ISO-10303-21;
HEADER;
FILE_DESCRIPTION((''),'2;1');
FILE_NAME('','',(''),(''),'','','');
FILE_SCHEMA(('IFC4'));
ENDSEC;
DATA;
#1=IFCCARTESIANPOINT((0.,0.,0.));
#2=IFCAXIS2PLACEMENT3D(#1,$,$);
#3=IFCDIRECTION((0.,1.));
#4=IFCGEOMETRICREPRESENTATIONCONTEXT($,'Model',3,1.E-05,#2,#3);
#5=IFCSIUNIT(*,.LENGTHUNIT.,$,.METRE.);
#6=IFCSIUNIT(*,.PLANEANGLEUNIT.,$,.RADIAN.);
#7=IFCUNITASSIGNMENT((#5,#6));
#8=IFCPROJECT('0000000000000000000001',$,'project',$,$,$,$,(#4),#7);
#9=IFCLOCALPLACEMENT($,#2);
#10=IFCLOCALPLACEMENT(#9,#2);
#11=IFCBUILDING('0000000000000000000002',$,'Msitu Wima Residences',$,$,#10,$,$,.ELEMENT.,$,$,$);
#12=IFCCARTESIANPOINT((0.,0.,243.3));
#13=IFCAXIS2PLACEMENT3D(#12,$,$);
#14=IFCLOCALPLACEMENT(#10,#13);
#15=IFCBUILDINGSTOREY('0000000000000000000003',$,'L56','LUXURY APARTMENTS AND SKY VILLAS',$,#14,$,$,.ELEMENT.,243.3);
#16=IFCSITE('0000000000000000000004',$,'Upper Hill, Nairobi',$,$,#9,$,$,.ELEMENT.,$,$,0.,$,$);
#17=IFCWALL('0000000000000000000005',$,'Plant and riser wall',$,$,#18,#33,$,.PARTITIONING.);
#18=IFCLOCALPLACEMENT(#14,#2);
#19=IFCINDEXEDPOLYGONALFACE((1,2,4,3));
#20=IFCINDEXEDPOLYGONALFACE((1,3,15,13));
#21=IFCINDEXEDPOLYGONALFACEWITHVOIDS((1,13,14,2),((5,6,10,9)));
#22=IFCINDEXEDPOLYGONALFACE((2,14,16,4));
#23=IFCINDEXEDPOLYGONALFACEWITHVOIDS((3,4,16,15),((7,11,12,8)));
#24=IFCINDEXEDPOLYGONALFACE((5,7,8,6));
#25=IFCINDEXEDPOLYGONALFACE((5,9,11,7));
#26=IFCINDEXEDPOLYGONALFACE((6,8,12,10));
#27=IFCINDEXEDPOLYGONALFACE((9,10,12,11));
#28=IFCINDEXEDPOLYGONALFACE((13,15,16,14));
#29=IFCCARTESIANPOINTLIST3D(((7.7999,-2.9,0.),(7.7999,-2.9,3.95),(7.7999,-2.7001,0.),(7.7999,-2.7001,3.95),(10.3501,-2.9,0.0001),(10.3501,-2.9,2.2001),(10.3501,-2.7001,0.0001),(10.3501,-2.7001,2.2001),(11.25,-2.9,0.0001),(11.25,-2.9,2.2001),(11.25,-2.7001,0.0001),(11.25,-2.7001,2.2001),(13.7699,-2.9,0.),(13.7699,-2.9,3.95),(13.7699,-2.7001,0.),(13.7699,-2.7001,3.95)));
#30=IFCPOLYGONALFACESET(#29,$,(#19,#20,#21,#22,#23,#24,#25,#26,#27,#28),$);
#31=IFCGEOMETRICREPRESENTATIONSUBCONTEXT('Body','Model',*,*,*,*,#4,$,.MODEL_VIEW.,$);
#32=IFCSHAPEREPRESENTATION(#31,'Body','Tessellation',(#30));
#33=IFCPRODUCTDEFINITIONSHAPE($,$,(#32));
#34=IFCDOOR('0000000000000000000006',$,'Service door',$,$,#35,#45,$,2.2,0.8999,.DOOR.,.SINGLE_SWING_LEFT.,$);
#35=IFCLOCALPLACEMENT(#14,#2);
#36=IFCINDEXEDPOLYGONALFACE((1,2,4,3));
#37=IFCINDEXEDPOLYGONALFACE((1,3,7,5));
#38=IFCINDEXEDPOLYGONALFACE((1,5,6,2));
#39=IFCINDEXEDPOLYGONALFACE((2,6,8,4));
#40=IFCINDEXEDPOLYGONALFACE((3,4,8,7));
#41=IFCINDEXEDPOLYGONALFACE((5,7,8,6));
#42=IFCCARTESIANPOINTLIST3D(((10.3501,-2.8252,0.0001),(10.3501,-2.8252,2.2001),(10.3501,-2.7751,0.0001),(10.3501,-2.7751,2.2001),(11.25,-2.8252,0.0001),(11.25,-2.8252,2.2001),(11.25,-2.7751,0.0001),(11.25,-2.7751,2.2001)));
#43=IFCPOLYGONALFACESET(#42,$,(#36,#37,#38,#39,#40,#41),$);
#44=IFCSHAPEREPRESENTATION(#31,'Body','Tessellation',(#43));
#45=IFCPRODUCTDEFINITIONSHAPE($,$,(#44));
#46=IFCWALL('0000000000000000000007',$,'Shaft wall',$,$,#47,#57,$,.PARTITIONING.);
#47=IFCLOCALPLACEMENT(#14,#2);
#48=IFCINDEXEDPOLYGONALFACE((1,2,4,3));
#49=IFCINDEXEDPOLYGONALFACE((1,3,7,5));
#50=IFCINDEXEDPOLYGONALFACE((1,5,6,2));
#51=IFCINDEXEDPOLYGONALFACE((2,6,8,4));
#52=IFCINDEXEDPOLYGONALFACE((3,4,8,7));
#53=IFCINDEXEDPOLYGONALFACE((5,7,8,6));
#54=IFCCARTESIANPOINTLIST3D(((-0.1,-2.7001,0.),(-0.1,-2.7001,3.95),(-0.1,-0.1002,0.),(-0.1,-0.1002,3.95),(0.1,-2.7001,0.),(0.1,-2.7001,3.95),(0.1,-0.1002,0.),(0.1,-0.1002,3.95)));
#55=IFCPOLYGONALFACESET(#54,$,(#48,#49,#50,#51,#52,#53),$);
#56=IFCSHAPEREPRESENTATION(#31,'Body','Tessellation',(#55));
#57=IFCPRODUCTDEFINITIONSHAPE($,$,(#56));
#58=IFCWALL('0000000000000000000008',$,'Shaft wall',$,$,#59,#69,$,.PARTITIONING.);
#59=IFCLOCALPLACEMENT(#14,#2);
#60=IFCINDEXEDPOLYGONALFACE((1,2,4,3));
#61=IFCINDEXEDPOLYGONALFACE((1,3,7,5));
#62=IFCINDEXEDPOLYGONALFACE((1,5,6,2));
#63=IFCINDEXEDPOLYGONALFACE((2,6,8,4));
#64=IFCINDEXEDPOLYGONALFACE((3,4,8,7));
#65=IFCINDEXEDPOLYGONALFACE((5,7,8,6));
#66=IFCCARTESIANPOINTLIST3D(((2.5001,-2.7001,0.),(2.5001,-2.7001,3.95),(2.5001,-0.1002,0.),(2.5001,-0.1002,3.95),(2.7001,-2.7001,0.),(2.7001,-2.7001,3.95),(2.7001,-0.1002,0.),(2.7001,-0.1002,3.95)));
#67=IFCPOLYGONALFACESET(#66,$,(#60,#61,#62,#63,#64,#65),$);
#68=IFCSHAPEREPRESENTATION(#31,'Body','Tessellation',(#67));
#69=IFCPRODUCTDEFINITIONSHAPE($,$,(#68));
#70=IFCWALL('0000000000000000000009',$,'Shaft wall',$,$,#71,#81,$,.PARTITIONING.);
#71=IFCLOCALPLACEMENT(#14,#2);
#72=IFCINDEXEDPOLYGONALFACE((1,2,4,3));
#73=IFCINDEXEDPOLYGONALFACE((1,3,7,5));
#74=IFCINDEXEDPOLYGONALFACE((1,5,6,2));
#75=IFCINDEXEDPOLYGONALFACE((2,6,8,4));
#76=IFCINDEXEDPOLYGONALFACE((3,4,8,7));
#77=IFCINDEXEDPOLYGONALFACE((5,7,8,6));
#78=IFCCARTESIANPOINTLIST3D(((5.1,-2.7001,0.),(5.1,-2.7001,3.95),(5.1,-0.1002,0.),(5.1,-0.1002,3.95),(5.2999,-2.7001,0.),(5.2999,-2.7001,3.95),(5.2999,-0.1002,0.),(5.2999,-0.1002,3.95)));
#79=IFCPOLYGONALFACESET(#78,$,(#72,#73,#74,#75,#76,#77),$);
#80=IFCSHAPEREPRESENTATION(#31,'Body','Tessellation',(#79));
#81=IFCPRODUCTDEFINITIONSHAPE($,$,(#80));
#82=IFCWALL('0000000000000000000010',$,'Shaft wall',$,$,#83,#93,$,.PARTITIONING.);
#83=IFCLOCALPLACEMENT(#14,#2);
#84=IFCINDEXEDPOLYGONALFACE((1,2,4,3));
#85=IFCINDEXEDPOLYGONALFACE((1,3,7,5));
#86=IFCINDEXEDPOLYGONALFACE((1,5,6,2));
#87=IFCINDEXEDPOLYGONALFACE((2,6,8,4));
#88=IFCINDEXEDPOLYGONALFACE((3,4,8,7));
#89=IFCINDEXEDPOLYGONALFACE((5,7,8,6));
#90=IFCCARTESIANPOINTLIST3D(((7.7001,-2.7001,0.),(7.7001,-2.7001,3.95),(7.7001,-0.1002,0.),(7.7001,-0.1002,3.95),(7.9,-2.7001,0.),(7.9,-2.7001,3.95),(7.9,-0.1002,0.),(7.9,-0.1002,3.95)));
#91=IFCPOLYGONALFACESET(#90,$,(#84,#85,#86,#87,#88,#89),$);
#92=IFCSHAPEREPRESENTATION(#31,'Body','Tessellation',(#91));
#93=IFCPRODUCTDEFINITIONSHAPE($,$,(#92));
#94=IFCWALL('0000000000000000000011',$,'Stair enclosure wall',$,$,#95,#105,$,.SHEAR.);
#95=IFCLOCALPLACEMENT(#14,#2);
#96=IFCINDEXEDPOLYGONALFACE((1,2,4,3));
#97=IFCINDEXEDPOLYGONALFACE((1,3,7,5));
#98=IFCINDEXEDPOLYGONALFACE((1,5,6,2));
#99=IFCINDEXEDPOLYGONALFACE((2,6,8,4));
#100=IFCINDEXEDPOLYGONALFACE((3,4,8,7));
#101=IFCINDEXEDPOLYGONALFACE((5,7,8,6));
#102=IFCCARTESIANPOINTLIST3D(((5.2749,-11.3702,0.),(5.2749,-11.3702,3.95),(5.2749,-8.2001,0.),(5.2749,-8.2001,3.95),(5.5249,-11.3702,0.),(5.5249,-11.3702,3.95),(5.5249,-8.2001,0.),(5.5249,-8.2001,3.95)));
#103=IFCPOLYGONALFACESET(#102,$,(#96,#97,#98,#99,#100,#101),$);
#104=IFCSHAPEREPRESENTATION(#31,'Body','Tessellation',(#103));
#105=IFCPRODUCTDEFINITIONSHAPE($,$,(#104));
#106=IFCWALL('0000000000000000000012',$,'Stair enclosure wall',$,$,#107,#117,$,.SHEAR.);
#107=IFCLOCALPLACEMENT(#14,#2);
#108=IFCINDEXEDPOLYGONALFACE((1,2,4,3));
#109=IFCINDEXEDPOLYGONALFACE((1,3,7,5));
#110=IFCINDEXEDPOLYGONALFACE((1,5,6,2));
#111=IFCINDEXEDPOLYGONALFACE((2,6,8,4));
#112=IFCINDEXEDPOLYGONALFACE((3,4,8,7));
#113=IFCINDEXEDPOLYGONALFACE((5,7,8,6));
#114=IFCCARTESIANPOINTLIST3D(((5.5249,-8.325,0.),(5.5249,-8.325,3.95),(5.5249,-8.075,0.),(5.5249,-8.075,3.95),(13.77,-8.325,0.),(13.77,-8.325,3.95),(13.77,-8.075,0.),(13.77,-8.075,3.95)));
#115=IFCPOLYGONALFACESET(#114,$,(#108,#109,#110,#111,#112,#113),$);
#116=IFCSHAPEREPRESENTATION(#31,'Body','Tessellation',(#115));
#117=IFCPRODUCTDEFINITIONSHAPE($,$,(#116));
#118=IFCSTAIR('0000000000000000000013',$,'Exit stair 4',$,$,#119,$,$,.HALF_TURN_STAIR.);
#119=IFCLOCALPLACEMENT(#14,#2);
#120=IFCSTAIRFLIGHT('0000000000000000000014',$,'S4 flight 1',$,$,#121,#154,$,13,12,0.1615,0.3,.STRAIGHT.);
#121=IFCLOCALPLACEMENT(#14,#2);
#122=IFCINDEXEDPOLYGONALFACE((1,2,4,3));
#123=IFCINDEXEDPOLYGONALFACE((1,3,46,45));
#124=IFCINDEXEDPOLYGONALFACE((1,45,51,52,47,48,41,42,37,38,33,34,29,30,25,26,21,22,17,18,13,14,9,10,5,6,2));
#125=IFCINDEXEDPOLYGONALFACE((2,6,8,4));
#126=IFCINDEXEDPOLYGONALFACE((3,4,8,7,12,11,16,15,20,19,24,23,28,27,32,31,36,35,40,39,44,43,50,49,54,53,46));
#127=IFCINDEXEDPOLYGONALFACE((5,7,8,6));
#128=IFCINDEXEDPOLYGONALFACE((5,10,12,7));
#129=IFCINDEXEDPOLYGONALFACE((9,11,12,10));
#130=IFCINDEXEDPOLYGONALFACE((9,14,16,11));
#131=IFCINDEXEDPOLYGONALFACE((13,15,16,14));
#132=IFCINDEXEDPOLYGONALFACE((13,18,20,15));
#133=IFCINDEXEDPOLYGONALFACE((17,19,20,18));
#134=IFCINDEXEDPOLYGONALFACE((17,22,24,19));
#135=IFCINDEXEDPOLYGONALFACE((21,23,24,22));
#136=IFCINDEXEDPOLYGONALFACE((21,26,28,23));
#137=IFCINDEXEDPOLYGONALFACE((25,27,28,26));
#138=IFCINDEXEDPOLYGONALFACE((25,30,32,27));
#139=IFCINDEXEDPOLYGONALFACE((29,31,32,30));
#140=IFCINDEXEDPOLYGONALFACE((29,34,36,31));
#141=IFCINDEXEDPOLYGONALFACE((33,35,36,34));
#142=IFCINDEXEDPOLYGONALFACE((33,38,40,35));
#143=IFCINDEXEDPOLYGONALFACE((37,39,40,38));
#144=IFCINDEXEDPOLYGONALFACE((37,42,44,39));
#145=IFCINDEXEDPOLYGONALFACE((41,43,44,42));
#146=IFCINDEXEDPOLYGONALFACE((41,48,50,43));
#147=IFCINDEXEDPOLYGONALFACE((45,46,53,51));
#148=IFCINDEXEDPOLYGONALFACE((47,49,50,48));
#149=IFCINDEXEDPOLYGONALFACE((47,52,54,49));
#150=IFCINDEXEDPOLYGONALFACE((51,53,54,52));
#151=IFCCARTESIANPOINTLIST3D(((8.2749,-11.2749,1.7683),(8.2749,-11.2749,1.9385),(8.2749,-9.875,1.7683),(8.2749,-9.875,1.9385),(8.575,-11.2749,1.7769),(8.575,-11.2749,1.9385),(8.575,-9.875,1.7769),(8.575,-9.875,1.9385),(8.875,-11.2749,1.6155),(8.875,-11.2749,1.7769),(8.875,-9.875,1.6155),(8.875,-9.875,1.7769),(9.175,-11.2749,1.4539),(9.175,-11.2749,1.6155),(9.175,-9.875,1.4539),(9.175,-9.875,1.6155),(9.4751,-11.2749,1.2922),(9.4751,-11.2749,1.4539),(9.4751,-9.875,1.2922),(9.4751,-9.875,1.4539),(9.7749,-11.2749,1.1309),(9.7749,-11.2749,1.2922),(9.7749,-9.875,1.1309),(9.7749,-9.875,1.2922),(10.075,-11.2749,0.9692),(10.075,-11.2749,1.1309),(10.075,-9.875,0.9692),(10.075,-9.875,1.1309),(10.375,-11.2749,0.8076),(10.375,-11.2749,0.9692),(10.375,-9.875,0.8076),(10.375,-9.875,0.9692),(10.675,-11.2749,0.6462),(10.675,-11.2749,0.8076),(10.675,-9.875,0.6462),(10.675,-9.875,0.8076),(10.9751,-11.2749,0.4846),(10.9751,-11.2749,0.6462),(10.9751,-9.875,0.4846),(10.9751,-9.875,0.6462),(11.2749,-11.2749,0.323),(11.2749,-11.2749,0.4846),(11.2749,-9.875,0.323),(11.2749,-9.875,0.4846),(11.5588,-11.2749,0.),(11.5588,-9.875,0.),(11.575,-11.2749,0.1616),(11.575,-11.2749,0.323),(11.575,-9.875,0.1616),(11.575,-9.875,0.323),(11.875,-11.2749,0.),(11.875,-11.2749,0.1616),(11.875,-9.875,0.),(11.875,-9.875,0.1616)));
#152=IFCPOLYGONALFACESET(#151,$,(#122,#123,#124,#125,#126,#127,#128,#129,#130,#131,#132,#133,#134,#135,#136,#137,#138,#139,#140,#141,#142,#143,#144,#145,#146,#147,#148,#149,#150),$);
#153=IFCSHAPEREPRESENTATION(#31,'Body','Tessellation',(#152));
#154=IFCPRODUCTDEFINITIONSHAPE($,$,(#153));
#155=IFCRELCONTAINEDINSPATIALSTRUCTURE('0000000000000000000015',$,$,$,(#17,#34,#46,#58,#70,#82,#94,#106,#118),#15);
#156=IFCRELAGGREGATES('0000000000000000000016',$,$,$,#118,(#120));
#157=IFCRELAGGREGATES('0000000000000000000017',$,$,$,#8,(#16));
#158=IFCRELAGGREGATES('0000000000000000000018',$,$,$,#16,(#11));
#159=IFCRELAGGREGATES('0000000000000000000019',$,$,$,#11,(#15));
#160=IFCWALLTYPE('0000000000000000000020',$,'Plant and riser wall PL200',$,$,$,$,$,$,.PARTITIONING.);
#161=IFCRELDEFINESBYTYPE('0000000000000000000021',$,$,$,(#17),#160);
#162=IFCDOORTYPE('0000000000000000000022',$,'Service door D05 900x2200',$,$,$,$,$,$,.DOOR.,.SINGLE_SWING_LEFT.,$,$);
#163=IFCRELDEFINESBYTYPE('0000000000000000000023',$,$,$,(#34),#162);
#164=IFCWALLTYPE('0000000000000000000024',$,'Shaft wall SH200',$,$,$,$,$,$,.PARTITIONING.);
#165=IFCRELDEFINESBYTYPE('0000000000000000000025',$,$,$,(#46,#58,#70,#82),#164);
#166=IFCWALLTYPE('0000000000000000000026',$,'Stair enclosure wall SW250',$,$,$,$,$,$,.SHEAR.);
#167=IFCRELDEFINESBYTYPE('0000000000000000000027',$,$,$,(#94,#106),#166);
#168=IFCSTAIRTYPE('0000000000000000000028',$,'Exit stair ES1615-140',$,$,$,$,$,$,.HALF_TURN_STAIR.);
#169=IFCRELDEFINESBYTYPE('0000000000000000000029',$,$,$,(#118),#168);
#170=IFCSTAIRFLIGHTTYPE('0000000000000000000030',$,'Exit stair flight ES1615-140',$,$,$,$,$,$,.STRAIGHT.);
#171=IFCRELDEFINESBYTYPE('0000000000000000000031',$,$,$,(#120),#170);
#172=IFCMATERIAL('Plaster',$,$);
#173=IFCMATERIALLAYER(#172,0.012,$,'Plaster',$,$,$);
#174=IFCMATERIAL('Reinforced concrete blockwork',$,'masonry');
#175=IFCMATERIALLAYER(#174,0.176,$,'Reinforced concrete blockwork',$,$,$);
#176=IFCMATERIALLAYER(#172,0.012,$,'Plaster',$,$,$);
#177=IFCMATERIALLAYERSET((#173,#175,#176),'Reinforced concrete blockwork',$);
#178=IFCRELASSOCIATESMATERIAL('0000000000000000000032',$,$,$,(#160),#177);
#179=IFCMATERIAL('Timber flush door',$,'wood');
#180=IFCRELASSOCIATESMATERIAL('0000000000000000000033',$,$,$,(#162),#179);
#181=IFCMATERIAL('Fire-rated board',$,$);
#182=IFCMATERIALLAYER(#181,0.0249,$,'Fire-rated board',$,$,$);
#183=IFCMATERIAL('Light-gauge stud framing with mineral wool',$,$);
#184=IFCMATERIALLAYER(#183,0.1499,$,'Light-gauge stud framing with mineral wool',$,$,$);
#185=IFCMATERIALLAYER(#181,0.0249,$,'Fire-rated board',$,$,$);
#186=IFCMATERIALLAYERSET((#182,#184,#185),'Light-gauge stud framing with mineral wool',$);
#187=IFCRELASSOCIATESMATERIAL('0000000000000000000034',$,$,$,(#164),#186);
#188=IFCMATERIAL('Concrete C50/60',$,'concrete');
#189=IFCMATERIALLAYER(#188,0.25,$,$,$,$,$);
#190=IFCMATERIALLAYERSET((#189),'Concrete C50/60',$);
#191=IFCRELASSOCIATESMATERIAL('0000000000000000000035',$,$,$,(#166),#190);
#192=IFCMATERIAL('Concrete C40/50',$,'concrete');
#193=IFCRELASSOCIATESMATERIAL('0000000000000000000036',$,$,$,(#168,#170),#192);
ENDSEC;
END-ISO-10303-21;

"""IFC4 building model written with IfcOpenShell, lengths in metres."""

from ifc_helpers import new_model, si_unit, direction, frame, frame_2d, origin, place, context, subcontext, project, spatial, polyline, rectangle, outline, extrude, material, layer, layer_set, type_object, element, fill, aggregate, save


model = new_model("IFC4")

# Units and contexts
model_context = context("Model", 3, precision=1e-05, world=origin(), true_north=direction((0.0, 1.0)))
body_context = subcontext(model_context, "Body", "Model", "MODEL_VIEW")
ifc_project = project(units=[si_unit("LENGTHUNIT", "METRE"), si_unit("PLANEANGLEUNIT", "RADIAN")], contexts=[model_context])

# Site, building, storey
site_placement = place(None, origin())
site = spatial("IfcSite", under=ifc_project, at=site_placement, Name="Upper Hill, Nairobi", CompositionType="ELEMENT", RefElevation=0.0)
building_placement = place(site_placement, origin())
building = spatial("IfcBuilding", under=site, at=building_placement, Name="Msitu Wima Residences", CompositionType="ELEMENT")
storey_placement = place(building_placement, frame((0.0, 0.0, 243.3)))
storey = spatial("IfcBuildingStorey", under=building, at=storey_placement, Name="L56", Description="LUXURY APARTMENTS AND SKY VILLAS", CompositionType="ELEMENT", Elevation=243.3)

# Shared definitions
ifc_material_1 = material(Name="Concrete C40/50", Category="concrete")

# Shared definitions
ifc_material_2 = material(Name="Plaster")

# Shared definitions
ifc_layer_1 = layer(ifc_material_2, 0.012, Name="Plaster")
ifc_material_3 = material(Name="Reinforced concrete blockwork", Category="masonry")
ifc_layer_2 = layer(ifc_material_3, 0.176, Name="Reinforced concrete blockwork")
ifc_layer_3 = layer(ifc_material_2, 0.012, Name="Plaster")
ifc_layer_set_1 = layer_set([ifc_layer_1, ifc_layer_2, ifc_layer_3], Name="Reinforced concrete blockwork")
wall_type_1 = type_object("IfcWallType", Name="Plant and riser wall PL200", PredefinedType="PARTITIONING", material=ifc_layer_set_1)
ifc_material_4 = material(Name="Timber flush door", Category="wood")
door_type = type_object("IfcDoorType", Name="Service door D05 900x2200", OperationType="SINGLE_SWING_LEFT", PredefinedType="DOOR", material=ifc_material_4)

# Wall, opening, door
wall_1_placement = place(storey_placement, frame((7.8, -2.8, 0.0), z_axis=(0.0, 0.0, 1.0), x_axis=(1.0, 0.0, 0.0)))
wall_1 = element("IfcWall", 1, at=wall_1_placement, inside=storey, type_object=wall_type_1, Name="Plant and riser wall", PredefinedType="PARTITIONING", context=body_context, shape_type="SweptSolid", body=[
    extrude(rectangle(XDim=5.97, YDim=0.2, at=frame_2d((2.9849, 0.0))), origin(), (0.0, 0.0, 1.0), 3.95),
])
opening_1_placement = place(wall_1_placement, frame((2.55, 0.0, 0.0)))
opening_1 = element("IfcOpeningElement", 2, at=opening_1_placement, cuts=wall_1, PredefinedType="OPENING", context=body_context, shape_type="SweptSolid", body=[
    extrude(rectangle(XDim=0.8999, YDim=2.2, at=frame_2d((0.45, 1.1001))), frame((0.0, 0.1099, 0.0), z_axis=(0.0, -1.0, 0.0), x_axis=(1.0, 0.0, 0.0)), (0.0, 0.0, 1.0), 0.22),
])
door_1_placement = place(opening_1_placement, origin())
door_1 = element("IfcDoor", 3, at=door_1_placement, inside=storey, type_object=door_type, Name="Service door", OperationType="SINGLE_SWING_LEFT", OverallHeight=2.2, OverallWidth=0.8999, PredefinedType="DOOR", context=body_context, shape_type="SweptSolid", body=[
    extrude(rectangle(XDim=0.8999, YDim=2.2, at=frame_2d((0.45, 1.1001))), frame((0.0, 0.0249, 0.0), z_axis=(0.0, -1.0, 0.0), x_axis=(1.0, 0.0, 0.0)), (0.0, 0.0, 1.0), 0.05),
])
fill(opening_1, door_1)

# Walls
ifc_material_5 = material(Name="Fire-rated board")
ifc_layer_4 = layer(ifc_material_5, 0.0249, Name="Fire-rated board")
ifc_material_6 = material(Name="Light-gauge stud framing with mineral wool")
ifc_layer_5 = layer(ifc_material_6, 0.1499, Name="Light-gauge stud framing with mineral wool")
ifc_layer_6 = layer(ifc_material_5, 0.0249, Name="Fire-rated board")
ifc_layer_set_2 = layer_set([ifc_layer_4, ifc_layer_5, ifc_layer_6], Name="Light-gauge stud framing with mineral wool")
wall_type_2 = type_object("IfcWallType", Name="Shaft wall SH200", PredefinedType="PARTITIONING", material=ifc_layer_set_2)
for number, where, z_axis, x_axis, name in (
    (4, (0.0, -2.7, 0.0), (0.0, 0.0, 1.0), (0.0, 1.0, 0.0), "Shaft wall"),
    (5, (2.6001, -2.7, 0.0), (0.0, 0.0, 1.0), (0.0, 1.0, 0.0), "Shaft wall"),
    (6, (5.2, -2.7, 0.0), (0.0, 0.0, 1.0), (0.0, 1.0, 0.0), "Shaft wall"),
    (7, (7.8, -2.7, 0.0), (0.0, 0.0, 1.0), (0.0, 1.0, 0.0), "Shaft wall"),
):
    element("IfcWall", number, at=place(storey_placement, frame(where, z_axis=z_axis, x_axis=x_axis)), inside=storey, type_object=wall_type_2, Name=name, PredefinedType="PARTITIONING", context=body_context, shape_type="SweptSolid", body=[
        extrude(rectangle(XDim=2.5999, YDim=0.2, at=frame_2d((1.2998, 0.0))), origin(), (0.0, 0.0, 1.0), 3.95),
    ])
ifc_material_7 = material(Name="Concrete C50/60", Category="concrete")
ifc_layer_7 = layer(ifc_material_7, 0.25)
ifc_layer_set_3 = layer_set([ifc_layer_7], Name="Concrete C50/60")
wall_type_3 = type_object("IfcWallType", Name="Stair enclosure wall SW250", PredefinedType="SHEAR", material=ifc_layer_set_3)
wall_2_placement = place(storey_placement, frame((5.3999, -11.3701, 0.0), z_axis=(0.0, 0.0, 1.0), x_axis=(0.0, 1.0, 0.0)))
element("IfcWall", 8, at=wall_2_placement, inside=storey, type_object=wall_type_3, Name="Stair enclosure wall", PredefinedType="SHEAR", context=body_context, shape_type="SweptSolid", body=[
    extrude(rectangle(XDim=3.1702, YDim=0.25, at=frame_2d((1.585, 0.0))), origin(), (0.0, 0.0, 1.0), 3.95),
])
wall_3_placement = place(storey_placement, frame((5.5249, -8.2, 0.0), z_axis=(0.0, 0.0, 1.0), x_axis=(1.0, 0.0, 0.0)))
element("IfcWall", 9, at=wall_3_placement, inside=storey, type_object=wall_type_3, Name="Stair enclosure wall", PredefinedType="SHEAR", context=body_context, shape_type="SweptSolid", body=[
    extrude(rectangle(XDim=8.2451, YDim=0.25, at=frame_2d((4.1226, 0.0))), origin(), (0.0, 0.0, 1.0), 3.95),
])

# Stair, stair flight
stair_type = type_object("IfcStairType", Name="Exit stair ES1615-140", PredefinedType="HALF_TURN_STAIR", material=ifc_material_1)
stair_placement = place(storey_placement, origin())
stair = element("IfcStair", 10, at=stair_placement, inside=storey, type_object=stair_type, Name="Exit stair 4", PredefinedType="HALF_TURN_STAIR")
stair_flight_type = type_object("IfcStairFlightType", Name="Exit stair flight ES1615-140", PredefinedType="STRAIGHT", material=ifc_material_1)
stair_flight_1_placement = place(storey_placement, frame((11.875, -10.575, 0.0), z_axis=(0.0, 0.0, 1.0), x_axis=(-1.0, 0.0, 0.0)))
stair_flight_1 = element("IfcStairFlight", 11, at=stair_flight_1_placement, type_object=stair_flight_type, Name="S4 flight 1", NumberOfRisers=13, NumberOfTreads=12, PredefinedType="STRAIGHT", RiserHeight=0.1615, TreadLength=0.3, context=body_context, shape_type="SweptSolid", body=[
    extrude(outline(polyline([(0.0, 0.0), (0.0, 0.1616), (0.3, 0.1616), (0.3, 0.323), (0.6001, 0.323), (0.6001, 0.4846), (0.8999, 0.4846), (0.8999, 0.6462), (1.2, 0.6462), (1.2, 0.8076), (1.5, 0.8076), (1.5, 0.9692), (1.8, 0.9692), (1.8, 1.1309), (2.1001, 1.1309), (2.1001, 1.2922), (2.3999, 1.2922), (2.3999, 1.4539), (2.7, 1.4539), (2.7, 1.6155), (3.0, 1.6155), (3.0, 1.7769), (3.3, 1.7769), (3.3, 1.9385), (3.6001, 1.9385), (3.6001, 2.1001), (3.6001, 1.7683), (0.3162, 0.0), (0.0, 0.0)])), frame((0.0, 0.7, 0.0), z_axis=(0.0, -1.0, 0.0), x_axis=(1.0, 0.0, 0.0)), (0.0, 0.0, 1.0), 1.3999),
])
aggregate(stair, [stair_flight_1])

save(model, "model.ifc")
